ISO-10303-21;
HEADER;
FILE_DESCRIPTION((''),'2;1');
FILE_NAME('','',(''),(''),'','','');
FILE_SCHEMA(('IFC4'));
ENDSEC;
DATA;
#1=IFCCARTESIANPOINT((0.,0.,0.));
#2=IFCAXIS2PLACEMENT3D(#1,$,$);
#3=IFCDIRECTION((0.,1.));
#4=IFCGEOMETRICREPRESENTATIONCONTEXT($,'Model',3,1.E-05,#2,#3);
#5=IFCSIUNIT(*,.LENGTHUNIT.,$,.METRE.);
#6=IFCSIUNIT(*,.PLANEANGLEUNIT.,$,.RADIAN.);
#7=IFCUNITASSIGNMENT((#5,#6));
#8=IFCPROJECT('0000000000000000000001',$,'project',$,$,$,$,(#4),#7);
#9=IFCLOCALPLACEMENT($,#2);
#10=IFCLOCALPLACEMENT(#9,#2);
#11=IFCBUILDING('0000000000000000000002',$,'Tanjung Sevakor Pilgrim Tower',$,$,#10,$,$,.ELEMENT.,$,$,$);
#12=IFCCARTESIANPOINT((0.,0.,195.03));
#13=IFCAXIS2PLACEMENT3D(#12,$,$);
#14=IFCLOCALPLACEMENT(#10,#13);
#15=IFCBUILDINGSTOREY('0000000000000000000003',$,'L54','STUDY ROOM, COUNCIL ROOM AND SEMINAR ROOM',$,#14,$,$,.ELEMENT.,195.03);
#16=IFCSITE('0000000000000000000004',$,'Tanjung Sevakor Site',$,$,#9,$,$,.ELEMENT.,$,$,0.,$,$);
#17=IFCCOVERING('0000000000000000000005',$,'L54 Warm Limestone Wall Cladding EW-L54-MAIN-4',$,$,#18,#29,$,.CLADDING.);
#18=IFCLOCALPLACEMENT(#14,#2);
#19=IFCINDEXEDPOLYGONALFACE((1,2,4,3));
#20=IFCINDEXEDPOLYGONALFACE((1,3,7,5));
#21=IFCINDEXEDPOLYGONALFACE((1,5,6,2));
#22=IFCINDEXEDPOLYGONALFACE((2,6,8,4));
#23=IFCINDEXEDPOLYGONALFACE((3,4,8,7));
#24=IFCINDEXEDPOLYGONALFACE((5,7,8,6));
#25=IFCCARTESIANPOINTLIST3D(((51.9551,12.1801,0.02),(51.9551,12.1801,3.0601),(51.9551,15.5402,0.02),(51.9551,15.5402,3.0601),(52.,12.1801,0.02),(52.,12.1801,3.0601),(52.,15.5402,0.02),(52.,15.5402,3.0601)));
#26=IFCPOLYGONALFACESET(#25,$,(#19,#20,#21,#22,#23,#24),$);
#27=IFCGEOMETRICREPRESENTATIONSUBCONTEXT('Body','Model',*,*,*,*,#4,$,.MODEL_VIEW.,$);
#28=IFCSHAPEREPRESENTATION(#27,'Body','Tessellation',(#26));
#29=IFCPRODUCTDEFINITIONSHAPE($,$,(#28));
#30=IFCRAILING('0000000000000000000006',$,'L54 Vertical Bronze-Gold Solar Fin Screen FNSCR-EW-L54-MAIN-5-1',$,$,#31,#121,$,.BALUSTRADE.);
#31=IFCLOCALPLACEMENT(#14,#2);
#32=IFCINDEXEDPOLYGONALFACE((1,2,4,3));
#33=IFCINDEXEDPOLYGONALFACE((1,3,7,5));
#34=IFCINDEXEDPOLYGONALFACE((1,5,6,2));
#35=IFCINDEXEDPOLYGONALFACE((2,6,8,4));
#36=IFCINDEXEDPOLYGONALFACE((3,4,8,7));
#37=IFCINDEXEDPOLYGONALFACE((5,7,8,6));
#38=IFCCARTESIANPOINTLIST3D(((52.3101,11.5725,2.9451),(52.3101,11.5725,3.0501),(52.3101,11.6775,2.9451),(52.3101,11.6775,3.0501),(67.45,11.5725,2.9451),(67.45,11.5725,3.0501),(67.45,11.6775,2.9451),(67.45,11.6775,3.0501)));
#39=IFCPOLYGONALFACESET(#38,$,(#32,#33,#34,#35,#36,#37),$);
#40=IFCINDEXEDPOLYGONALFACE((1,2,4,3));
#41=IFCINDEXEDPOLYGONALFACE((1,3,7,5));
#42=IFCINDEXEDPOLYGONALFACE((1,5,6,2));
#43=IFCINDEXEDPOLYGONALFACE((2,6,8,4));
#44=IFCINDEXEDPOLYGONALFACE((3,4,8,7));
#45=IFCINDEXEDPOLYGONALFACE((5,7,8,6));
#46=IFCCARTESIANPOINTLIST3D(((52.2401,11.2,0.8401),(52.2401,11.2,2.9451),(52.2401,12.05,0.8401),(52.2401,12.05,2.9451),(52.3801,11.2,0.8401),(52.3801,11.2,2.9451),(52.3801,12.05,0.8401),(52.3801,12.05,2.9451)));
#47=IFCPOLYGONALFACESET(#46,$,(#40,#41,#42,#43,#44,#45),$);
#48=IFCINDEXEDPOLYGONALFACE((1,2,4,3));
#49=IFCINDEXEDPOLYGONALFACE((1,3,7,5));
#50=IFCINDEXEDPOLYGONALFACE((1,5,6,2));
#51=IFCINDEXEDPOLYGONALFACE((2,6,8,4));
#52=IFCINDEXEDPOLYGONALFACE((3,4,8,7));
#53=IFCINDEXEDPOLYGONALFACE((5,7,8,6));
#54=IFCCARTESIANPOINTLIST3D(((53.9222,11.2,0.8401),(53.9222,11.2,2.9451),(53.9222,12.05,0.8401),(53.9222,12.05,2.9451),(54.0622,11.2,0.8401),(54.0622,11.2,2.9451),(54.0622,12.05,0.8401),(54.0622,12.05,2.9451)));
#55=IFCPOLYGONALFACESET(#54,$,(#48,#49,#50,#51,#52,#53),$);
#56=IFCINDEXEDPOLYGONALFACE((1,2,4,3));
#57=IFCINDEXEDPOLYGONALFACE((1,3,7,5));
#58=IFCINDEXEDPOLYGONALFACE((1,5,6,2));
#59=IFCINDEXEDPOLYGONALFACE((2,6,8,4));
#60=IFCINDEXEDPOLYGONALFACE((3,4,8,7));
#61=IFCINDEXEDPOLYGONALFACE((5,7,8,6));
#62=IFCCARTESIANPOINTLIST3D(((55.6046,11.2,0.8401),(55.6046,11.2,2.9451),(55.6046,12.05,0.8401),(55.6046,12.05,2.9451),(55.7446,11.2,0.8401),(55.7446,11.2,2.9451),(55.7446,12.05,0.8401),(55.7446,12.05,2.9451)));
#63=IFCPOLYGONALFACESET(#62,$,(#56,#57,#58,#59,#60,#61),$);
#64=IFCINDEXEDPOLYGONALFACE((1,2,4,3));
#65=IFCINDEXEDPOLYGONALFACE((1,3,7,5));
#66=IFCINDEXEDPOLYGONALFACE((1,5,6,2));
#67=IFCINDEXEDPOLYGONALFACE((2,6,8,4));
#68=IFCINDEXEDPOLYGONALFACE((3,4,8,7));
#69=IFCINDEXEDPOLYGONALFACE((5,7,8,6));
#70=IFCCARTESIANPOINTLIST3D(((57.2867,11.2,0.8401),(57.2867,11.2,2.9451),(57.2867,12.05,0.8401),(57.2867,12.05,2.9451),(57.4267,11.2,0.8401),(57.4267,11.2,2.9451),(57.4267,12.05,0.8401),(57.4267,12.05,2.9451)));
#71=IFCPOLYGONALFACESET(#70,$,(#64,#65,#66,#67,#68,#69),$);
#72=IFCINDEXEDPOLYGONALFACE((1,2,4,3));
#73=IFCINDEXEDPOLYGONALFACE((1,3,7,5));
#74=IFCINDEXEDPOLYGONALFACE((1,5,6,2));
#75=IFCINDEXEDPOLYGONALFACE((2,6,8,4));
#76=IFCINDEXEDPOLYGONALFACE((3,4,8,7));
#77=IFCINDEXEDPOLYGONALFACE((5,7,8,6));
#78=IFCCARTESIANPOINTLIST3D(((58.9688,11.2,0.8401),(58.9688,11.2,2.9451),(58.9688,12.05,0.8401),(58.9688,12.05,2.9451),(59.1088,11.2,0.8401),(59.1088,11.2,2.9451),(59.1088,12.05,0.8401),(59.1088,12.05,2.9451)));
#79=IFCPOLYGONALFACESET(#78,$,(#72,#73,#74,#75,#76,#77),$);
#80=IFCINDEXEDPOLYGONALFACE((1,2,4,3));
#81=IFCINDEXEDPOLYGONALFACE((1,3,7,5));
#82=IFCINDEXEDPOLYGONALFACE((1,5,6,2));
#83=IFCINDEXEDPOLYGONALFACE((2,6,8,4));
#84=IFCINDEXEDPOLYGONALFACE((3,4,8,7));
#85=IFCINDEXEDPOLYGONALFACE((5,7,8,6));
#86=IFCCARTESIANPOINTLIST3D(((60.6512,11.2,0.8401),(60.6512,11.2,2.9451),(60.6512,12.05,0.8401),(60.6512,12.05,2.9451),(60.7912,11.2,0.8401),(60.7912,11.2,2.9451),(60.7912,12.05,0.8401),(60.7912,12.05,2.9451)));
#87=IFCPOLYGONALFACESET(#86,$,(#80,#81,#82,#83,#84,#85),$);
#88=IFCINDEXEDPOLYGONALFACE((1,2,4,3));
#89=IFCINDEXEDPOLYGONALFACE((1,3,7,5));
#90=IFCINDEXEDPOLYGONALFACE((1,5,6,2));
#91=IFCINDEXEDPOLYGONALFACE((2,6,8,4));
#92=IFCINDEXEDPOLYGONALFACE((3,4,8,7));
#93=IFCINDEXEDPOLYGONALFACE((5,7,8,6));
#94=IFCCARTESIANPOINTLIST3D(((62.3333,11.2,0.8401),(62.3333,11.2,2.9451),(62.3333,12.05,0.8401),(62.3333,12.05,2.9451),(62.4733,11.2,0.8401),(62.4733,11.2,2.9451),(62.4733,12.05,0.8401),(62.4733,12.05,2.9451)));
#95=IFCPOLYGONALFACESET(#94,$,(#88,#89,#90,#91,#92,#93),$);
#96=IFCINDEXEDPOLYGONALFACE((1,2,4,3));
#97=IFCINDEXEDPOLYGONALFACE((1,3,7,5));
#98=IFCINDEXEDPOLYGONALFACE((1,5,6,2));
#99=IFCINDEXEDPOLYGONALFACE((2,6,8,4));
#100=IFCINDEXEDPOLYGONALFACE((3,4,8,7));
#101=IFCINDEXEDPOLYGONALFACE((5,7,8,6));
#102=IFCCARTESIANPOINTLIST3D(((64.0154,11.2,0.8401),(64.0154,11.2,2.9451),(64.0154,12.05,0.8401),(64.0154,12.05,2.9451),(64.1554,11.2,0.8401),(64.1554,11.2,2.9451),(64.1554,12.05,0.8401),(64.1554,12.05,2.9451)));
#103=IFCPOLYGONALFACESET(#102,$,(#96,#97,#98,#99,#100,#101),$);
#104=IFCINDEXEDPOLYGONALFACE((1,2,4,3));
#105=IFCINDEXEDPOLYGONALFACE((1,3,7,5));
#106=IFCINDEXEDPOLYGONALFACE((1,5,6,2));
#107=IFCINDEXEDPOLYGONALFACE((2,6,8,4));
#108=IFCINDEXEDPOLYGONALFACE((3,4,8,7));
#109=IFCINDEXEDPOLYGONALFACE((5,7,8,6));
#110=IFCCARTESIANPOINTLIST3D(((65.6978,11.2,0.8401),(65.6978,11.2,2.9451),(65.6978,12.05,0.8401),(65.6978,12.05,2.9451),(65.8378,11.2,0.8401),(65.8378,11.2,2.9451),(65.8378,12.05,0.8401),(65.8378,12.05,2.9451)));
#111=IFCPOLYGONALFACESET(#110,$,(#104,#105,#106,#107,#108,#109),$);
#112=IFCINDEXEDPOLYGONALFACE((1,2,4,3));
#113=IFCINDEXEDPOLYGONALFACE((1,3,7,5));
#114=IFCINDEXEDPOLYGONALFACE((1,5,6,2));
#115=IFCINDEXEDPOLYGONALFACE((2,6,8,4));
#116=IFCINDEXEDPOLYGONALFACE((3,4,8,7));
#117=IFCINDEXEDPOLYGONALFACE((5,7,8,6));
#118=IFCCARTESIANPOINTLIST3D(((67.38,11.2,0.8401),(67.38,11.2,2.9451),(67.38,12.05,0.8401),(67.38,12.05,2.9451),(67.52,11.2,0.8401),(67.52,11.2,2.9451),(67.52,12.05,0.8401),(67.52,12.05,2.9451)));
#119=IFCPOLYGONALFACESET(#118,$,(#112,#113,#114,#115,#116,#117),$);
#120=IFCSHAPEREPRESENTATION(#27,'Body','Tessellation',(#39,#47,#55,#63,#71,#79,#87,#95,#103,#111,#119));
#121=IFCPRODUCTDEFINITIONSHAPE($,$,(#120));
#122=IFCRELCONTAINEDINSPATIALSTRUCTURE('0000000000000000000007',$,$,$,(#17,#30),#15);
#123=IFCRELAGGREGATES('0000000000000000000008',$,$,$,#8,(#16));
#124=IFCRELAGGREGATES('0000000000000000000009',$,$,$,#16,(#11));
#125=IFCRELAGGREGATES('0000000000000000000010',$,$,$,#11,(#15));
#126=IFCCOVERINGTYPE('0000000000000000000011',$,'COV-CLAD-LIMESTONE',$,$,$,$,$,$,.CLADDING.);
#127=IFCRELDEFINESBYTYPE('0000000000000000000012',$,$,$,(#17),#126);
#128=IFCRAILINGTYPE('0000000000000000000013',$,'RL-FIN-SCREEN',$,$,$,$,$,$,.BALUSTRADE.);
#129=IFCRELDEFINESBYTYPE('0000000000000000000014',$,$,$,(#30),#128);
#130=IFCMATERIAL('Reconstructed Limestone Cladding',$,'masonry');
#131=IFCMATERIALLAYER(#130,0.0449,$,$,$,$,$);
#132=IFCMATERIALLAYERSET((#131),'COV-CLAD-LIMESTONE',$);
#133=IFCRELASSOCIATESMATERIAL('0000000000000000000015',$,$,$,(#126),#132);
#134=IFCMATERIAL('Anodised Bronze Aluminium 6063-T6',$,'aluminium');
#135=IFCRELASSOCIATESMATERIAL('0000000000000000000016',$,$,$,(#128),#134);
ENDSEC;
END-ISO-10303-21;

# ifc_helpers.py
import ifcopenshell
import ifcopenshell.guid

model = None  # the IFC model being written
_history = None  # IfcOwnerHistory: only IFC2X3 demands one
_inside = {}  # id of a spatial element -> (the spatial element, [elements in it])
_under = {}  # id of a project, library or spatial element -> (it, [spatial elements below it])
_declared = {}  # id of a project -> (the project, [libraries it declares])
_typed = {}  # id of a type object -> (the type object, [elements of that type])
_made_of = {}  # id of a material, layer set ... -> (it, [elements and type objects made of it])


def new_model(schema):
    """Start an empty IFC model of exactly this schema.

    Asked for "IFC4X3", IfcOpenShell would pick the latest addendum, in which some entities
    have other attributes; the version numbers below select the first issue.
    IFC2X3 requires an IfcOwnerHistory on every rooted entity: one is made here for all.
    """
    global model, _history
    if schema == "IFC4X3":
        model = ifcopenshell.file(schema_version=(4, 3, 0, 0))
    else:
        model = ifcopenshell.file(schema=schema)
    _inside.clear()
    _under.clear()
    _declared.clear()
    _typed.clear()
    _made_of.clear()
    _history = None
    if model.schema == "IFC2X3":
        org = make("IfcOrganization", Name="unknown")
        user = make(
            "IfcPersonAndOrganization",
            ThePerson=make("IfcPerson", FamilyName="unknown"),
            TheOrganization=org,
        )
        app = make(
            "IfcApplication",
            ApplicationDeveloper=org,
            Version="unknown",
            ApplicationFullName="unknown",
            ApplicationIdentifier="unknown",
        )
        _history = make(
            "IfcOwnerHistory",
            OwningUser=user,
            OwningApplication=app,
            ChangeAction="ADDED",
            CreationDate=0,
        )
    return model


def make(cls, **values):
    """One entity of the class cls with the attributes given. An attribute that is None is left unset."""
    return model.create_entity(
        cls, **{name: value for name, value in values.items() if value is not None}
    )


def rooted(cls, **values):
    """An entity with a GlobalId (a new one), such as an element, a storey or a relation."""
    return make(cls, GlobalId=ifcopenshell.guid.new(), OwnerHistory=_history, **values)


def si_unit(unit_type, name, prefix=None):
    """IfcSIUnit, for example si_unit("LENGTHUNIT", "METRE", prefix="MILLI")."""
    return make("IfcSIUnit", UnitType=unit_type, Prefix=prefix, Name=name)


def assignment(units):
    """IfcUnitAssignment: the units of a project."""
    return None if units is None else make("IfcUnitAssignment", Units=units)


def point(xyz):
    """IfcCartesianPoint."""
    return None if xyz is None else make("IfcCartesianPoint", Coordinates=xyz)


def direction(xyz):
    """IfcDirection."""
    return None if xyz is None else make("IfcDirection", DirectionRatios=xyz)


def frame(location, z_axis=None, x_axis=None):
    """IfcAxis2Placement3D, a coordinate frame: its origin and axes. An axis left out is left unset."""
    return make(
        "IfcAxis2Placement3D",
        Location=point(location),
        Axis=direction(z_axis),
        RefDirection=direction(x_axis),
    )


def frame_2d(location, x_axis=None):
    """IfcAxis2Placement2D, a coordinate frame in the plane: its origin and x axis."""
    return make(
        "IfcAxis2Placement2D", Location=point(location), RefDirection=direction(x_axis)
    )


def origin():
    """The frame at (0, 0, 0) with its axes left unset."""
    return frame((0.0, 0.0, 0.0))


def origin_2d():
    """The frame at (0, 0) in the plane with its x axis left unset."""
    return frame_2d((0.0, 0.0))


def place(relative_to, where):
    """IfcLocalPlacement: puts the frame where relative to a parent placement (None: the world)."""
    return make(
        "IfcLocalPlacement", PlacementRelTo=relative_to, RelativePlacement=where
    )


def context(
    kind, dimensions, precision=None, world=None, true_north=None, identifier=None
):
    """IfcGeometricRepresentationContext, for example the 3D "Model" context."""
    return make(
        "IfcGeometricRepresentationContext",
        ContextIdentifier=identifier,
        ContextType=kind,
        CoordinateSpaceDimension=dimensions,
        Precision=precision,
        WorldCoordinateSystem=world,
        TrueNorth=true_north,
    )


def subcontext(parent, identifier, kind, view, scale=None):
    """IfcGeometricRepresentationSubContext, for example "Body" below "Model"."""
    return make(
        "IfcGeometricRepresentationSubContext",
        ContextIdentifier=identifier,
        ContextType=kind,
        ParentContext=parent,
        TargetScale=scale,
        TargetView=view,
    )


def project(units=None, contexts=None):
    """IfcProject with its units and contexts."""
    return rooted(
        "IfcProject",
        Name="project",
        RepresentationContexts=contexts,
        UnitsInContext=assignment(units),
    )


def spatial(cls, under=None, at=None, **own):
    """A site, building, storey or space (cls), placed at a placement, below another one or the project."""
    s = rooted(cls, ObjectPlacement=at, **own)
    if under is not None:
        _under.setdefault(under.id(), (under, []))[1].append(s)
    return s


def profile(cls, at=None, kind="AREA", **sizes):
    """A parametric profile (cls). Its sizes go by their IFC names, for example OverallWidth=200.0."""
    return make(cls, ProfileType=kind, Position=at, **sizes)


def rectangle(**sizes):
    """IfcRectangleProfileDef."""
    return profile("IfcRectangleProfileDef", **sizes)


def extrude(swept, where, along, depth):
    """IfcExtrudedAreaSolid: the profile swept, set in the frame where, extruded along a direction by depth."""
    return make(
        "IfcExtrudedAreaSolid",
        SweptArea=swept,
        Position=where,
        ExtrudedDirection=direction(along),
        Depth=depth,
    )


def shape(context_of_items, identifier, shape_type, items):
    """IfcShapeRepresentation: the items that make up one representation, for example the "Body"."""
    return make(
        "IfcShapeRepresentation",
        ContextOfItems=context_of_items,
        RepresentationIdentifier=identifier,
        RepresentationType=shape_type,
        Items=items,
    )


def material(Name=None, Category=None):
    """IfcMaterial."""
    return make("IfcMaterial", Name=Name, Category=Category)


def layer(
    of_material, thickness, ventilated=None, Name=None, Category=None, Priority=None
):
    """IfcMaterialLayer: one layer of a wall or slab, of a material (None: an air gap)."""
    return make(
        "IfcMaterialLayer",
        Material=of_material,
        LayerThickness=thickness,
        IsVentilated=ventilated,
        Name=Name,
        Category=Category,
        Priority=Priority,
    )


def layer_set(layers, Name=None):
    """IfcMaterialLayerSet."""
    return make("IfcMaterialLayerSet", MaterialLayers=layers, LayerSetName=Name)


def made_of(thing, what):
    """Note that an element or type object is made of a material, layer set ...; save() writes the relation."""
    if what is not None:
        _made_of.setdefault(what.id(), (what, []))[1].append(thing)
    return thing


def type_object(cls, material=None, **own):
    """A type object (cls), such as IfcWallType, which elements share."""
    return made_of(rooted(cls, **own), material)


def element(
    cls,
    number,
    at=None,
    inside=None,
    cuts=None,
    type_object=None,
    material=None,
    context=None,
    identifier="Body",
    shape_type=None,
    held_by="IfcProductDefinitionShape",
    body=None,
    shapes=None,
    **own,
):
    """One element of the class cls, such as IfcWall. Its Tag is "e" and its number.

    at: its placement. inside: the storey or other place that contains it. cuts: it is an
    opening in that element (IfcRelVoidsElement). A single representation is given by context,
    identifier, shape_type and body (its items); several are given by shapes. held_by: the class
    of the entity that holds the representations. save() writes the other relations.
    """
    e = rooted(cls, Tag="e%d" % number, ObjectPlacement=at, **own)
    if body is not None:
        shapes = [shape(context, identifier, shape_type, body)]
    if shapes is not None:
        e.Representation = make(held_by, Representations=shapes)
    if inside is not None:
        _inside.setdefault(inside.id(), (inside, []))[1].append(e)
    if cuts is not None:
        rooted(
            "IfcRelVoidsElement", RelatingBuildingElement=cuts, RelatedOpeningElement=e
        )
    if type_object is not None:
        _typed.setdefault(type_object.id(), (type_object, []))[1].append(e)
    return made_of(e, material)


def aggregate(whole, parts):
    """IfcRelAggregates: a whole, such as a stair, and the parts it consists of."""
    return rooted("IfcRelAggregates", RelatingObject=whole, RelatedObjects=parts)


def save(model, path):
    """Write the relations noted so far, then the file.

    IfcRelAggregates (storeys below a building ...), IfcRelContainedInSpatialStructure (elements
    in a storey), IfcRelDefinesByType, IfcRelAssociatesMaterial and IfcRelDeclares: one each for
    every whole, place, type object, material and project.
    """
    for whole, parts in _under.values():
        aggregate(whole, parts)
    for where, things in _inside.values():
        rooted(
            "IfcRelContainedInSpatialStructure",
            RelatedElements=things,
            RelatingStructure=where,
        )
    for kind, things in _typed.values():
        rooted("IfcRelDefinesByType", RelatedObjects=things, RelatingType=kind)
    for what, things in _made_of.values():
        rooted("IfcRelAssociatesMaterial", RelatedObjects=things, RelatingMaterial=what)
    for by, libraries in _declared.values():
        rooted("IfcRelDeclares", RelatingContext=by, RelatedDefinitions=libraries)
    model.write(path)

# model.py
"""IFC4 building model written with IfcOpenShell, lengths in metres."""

from ifc_helpers import new_model, si_unit, direction, frame, origin, origin_2d, place, context, subcontext, project, spatial, rectangle, extrude, material, layer, layer_set, type_object, element, save


model = new_model("IFC4")

# Units and contexts
model_context = context("Model", 3, precision=1e-05, world=origin(), true_north=direction((0.0, 1.0)))
body_context = subcontext(model_context, "Body", "Model", "MODEL_VIEW")
ifc_project = project(units=[si_unit("LENGTHUNIT", "METRE"), si_unit("PLANEANGLEUNIT", "RADIAN")], contexts=[model_context])

# Site, building, storey
site_placement = place(None, origin())
site = spatial("IfcSite", under=ifc_project, at=site_placement, Name="Tanjung Sevakor Site", CompositionType="ELEMENT", RefElevation=0.0)
building_placement = place(site_placement, origin())
building = spatial("IfcBuilding", under=site, at=building_placement, Name="Tanjung Sevakor Pilgrim Tower", CompositionType="ELEMENT")
storey_placement = place(building_placement, frame((0.0, 0.0, 195.03)))
storey = spatial("IfcBuildingStorey", under=building, at=storey_placement, Name="L54", Description="STUDY ROOM, COUNCIL ROOM AND SEMINAR ROOM", CompositionType="ELEMENT", Elevation=195.03)

# Covering
ifc_material_1 = material(Name="Reconstructed Limestone Cladding", Category="masonry")
ifc_layer_1 = layer(ifc_material_1, 0.0449)
ifc_layer_set_1 = layer_set([ifc_layer_1], Name="COV-CLAD-LIMESTONE")
covering_type = type_object("IfcCoveringType", Name="COV-CLAD-LIMESTONE", PredefinedType="CLADDING", material=ifc_layer_set_1)
for number, where, z_axis, x_axis, name in (
    (1, (51.9775, 13.8601, 0.02), (0.0, 0.0, 1.0), (0.0, -1.0, 0.0), "L54 Warm Limestone Wall Cladding EW-L54-MAIN-4"),
):
    element("IfcCovering", number, at=place(storey_placement, frame(where, z_axis=z_axis, x_axis=x_axis)), inside=storey, type_object=covering_type, Name=name, PredefinedType="CLADDING", context=body_context, shape_type="SweptSolid", body=[
        extrude(rectangle(XDim=3.3601, YDim=0.0449, at=origin_2d()), origin(), (0.0, 0.0, 1.0), 3.04),
    ])

# Railing
ifc_material_2 = material(Name="Anodised Bronze Aluminium 6063-T6", Category="aluminium")
railing_type = type_object("IfcRailingType", Name="RL-FIN-SCREEN", PredefinedType="BALUSTRADE", material=ifc_material_2)
railing_placement = place(storey_placement, frame((52.3101, 11.625, 0.8401)))
element("IfcRailing", 2, at=railing_placement, inside=storey, type_object=railing_type, Name="L54 Vertical Bronze-Gold Solar Fin Screen FNSCR-EW-L54-MAIN-5-1", PredefinedType="BALUSTRADE", context=body_context, shape_type="SweptSolid", body=[
    extrude(rectangle(XDim=0.105, YDim=0.105), frame((0.0, 0.0, 2.1575), z_axis=(1.0, 0.0, 0.0), x_axis=(0.0, 1.0, 0.0)), (0.0, 0.0, 1.0), 15.1399),
    extrude(rectangle(XDim=0.14, YDim=0.85), origin(), (0.0, 0.0, 1.0), 2.105),
    extrude(rectangle(XDim=0.14, YDim=0.85), frame((1.6821, 0.0, 0.0)), (0.0, 0.0, 1.0), 2.105),
    extrude(rectangle(XDim=0.14, YDim=0.85), frame((3.3645, 0.0, 0.0)), (0.0, 0.0, 1.0), 2.105),
    extrude(rectangle(XDim=0.14, YDim=0.85), frame((5.0466, 0.0, 0.0)), (0.0, 0.0, 1.0), 2.105),
    extrude(rectangle(XDim=0.14, YDim=0.85), frame((6.7288, 0.0, 0.0)), (0.0, 0.0, 1.0), 2.105),
    extrude(rectangle(XDim=0.14, YDim=0.85), frame((8.4111, 0.0, 0.0)), (0.0, 0.0, 1.0), 2.105),
    extrude(rectangle(XDim=0.14, YDim=0.85), frame((10.0933, 0.0, 0.0)), (0.0, 0.0, 1.0), 2.105),
    extrude(rectangle(XDim=0.14, YDim=0.85), frame((11.7754, 0.0, 0.0)), (0.0, 0.0, 1.0), 2.105),
    extrude(rectangle(XDim=0.14, YDim=0.85), frame((13.4578, 0.0, 0.0)), (0.0, 0.0, 1.0), 2.105),
    extrude(rectangle(XDim=0.14, YDim=0.85), frame((15.1399, 0.0, 0.0)), (0.0, 0.0, 1.0), 2.105),
])

save(model, "model.ifc")
